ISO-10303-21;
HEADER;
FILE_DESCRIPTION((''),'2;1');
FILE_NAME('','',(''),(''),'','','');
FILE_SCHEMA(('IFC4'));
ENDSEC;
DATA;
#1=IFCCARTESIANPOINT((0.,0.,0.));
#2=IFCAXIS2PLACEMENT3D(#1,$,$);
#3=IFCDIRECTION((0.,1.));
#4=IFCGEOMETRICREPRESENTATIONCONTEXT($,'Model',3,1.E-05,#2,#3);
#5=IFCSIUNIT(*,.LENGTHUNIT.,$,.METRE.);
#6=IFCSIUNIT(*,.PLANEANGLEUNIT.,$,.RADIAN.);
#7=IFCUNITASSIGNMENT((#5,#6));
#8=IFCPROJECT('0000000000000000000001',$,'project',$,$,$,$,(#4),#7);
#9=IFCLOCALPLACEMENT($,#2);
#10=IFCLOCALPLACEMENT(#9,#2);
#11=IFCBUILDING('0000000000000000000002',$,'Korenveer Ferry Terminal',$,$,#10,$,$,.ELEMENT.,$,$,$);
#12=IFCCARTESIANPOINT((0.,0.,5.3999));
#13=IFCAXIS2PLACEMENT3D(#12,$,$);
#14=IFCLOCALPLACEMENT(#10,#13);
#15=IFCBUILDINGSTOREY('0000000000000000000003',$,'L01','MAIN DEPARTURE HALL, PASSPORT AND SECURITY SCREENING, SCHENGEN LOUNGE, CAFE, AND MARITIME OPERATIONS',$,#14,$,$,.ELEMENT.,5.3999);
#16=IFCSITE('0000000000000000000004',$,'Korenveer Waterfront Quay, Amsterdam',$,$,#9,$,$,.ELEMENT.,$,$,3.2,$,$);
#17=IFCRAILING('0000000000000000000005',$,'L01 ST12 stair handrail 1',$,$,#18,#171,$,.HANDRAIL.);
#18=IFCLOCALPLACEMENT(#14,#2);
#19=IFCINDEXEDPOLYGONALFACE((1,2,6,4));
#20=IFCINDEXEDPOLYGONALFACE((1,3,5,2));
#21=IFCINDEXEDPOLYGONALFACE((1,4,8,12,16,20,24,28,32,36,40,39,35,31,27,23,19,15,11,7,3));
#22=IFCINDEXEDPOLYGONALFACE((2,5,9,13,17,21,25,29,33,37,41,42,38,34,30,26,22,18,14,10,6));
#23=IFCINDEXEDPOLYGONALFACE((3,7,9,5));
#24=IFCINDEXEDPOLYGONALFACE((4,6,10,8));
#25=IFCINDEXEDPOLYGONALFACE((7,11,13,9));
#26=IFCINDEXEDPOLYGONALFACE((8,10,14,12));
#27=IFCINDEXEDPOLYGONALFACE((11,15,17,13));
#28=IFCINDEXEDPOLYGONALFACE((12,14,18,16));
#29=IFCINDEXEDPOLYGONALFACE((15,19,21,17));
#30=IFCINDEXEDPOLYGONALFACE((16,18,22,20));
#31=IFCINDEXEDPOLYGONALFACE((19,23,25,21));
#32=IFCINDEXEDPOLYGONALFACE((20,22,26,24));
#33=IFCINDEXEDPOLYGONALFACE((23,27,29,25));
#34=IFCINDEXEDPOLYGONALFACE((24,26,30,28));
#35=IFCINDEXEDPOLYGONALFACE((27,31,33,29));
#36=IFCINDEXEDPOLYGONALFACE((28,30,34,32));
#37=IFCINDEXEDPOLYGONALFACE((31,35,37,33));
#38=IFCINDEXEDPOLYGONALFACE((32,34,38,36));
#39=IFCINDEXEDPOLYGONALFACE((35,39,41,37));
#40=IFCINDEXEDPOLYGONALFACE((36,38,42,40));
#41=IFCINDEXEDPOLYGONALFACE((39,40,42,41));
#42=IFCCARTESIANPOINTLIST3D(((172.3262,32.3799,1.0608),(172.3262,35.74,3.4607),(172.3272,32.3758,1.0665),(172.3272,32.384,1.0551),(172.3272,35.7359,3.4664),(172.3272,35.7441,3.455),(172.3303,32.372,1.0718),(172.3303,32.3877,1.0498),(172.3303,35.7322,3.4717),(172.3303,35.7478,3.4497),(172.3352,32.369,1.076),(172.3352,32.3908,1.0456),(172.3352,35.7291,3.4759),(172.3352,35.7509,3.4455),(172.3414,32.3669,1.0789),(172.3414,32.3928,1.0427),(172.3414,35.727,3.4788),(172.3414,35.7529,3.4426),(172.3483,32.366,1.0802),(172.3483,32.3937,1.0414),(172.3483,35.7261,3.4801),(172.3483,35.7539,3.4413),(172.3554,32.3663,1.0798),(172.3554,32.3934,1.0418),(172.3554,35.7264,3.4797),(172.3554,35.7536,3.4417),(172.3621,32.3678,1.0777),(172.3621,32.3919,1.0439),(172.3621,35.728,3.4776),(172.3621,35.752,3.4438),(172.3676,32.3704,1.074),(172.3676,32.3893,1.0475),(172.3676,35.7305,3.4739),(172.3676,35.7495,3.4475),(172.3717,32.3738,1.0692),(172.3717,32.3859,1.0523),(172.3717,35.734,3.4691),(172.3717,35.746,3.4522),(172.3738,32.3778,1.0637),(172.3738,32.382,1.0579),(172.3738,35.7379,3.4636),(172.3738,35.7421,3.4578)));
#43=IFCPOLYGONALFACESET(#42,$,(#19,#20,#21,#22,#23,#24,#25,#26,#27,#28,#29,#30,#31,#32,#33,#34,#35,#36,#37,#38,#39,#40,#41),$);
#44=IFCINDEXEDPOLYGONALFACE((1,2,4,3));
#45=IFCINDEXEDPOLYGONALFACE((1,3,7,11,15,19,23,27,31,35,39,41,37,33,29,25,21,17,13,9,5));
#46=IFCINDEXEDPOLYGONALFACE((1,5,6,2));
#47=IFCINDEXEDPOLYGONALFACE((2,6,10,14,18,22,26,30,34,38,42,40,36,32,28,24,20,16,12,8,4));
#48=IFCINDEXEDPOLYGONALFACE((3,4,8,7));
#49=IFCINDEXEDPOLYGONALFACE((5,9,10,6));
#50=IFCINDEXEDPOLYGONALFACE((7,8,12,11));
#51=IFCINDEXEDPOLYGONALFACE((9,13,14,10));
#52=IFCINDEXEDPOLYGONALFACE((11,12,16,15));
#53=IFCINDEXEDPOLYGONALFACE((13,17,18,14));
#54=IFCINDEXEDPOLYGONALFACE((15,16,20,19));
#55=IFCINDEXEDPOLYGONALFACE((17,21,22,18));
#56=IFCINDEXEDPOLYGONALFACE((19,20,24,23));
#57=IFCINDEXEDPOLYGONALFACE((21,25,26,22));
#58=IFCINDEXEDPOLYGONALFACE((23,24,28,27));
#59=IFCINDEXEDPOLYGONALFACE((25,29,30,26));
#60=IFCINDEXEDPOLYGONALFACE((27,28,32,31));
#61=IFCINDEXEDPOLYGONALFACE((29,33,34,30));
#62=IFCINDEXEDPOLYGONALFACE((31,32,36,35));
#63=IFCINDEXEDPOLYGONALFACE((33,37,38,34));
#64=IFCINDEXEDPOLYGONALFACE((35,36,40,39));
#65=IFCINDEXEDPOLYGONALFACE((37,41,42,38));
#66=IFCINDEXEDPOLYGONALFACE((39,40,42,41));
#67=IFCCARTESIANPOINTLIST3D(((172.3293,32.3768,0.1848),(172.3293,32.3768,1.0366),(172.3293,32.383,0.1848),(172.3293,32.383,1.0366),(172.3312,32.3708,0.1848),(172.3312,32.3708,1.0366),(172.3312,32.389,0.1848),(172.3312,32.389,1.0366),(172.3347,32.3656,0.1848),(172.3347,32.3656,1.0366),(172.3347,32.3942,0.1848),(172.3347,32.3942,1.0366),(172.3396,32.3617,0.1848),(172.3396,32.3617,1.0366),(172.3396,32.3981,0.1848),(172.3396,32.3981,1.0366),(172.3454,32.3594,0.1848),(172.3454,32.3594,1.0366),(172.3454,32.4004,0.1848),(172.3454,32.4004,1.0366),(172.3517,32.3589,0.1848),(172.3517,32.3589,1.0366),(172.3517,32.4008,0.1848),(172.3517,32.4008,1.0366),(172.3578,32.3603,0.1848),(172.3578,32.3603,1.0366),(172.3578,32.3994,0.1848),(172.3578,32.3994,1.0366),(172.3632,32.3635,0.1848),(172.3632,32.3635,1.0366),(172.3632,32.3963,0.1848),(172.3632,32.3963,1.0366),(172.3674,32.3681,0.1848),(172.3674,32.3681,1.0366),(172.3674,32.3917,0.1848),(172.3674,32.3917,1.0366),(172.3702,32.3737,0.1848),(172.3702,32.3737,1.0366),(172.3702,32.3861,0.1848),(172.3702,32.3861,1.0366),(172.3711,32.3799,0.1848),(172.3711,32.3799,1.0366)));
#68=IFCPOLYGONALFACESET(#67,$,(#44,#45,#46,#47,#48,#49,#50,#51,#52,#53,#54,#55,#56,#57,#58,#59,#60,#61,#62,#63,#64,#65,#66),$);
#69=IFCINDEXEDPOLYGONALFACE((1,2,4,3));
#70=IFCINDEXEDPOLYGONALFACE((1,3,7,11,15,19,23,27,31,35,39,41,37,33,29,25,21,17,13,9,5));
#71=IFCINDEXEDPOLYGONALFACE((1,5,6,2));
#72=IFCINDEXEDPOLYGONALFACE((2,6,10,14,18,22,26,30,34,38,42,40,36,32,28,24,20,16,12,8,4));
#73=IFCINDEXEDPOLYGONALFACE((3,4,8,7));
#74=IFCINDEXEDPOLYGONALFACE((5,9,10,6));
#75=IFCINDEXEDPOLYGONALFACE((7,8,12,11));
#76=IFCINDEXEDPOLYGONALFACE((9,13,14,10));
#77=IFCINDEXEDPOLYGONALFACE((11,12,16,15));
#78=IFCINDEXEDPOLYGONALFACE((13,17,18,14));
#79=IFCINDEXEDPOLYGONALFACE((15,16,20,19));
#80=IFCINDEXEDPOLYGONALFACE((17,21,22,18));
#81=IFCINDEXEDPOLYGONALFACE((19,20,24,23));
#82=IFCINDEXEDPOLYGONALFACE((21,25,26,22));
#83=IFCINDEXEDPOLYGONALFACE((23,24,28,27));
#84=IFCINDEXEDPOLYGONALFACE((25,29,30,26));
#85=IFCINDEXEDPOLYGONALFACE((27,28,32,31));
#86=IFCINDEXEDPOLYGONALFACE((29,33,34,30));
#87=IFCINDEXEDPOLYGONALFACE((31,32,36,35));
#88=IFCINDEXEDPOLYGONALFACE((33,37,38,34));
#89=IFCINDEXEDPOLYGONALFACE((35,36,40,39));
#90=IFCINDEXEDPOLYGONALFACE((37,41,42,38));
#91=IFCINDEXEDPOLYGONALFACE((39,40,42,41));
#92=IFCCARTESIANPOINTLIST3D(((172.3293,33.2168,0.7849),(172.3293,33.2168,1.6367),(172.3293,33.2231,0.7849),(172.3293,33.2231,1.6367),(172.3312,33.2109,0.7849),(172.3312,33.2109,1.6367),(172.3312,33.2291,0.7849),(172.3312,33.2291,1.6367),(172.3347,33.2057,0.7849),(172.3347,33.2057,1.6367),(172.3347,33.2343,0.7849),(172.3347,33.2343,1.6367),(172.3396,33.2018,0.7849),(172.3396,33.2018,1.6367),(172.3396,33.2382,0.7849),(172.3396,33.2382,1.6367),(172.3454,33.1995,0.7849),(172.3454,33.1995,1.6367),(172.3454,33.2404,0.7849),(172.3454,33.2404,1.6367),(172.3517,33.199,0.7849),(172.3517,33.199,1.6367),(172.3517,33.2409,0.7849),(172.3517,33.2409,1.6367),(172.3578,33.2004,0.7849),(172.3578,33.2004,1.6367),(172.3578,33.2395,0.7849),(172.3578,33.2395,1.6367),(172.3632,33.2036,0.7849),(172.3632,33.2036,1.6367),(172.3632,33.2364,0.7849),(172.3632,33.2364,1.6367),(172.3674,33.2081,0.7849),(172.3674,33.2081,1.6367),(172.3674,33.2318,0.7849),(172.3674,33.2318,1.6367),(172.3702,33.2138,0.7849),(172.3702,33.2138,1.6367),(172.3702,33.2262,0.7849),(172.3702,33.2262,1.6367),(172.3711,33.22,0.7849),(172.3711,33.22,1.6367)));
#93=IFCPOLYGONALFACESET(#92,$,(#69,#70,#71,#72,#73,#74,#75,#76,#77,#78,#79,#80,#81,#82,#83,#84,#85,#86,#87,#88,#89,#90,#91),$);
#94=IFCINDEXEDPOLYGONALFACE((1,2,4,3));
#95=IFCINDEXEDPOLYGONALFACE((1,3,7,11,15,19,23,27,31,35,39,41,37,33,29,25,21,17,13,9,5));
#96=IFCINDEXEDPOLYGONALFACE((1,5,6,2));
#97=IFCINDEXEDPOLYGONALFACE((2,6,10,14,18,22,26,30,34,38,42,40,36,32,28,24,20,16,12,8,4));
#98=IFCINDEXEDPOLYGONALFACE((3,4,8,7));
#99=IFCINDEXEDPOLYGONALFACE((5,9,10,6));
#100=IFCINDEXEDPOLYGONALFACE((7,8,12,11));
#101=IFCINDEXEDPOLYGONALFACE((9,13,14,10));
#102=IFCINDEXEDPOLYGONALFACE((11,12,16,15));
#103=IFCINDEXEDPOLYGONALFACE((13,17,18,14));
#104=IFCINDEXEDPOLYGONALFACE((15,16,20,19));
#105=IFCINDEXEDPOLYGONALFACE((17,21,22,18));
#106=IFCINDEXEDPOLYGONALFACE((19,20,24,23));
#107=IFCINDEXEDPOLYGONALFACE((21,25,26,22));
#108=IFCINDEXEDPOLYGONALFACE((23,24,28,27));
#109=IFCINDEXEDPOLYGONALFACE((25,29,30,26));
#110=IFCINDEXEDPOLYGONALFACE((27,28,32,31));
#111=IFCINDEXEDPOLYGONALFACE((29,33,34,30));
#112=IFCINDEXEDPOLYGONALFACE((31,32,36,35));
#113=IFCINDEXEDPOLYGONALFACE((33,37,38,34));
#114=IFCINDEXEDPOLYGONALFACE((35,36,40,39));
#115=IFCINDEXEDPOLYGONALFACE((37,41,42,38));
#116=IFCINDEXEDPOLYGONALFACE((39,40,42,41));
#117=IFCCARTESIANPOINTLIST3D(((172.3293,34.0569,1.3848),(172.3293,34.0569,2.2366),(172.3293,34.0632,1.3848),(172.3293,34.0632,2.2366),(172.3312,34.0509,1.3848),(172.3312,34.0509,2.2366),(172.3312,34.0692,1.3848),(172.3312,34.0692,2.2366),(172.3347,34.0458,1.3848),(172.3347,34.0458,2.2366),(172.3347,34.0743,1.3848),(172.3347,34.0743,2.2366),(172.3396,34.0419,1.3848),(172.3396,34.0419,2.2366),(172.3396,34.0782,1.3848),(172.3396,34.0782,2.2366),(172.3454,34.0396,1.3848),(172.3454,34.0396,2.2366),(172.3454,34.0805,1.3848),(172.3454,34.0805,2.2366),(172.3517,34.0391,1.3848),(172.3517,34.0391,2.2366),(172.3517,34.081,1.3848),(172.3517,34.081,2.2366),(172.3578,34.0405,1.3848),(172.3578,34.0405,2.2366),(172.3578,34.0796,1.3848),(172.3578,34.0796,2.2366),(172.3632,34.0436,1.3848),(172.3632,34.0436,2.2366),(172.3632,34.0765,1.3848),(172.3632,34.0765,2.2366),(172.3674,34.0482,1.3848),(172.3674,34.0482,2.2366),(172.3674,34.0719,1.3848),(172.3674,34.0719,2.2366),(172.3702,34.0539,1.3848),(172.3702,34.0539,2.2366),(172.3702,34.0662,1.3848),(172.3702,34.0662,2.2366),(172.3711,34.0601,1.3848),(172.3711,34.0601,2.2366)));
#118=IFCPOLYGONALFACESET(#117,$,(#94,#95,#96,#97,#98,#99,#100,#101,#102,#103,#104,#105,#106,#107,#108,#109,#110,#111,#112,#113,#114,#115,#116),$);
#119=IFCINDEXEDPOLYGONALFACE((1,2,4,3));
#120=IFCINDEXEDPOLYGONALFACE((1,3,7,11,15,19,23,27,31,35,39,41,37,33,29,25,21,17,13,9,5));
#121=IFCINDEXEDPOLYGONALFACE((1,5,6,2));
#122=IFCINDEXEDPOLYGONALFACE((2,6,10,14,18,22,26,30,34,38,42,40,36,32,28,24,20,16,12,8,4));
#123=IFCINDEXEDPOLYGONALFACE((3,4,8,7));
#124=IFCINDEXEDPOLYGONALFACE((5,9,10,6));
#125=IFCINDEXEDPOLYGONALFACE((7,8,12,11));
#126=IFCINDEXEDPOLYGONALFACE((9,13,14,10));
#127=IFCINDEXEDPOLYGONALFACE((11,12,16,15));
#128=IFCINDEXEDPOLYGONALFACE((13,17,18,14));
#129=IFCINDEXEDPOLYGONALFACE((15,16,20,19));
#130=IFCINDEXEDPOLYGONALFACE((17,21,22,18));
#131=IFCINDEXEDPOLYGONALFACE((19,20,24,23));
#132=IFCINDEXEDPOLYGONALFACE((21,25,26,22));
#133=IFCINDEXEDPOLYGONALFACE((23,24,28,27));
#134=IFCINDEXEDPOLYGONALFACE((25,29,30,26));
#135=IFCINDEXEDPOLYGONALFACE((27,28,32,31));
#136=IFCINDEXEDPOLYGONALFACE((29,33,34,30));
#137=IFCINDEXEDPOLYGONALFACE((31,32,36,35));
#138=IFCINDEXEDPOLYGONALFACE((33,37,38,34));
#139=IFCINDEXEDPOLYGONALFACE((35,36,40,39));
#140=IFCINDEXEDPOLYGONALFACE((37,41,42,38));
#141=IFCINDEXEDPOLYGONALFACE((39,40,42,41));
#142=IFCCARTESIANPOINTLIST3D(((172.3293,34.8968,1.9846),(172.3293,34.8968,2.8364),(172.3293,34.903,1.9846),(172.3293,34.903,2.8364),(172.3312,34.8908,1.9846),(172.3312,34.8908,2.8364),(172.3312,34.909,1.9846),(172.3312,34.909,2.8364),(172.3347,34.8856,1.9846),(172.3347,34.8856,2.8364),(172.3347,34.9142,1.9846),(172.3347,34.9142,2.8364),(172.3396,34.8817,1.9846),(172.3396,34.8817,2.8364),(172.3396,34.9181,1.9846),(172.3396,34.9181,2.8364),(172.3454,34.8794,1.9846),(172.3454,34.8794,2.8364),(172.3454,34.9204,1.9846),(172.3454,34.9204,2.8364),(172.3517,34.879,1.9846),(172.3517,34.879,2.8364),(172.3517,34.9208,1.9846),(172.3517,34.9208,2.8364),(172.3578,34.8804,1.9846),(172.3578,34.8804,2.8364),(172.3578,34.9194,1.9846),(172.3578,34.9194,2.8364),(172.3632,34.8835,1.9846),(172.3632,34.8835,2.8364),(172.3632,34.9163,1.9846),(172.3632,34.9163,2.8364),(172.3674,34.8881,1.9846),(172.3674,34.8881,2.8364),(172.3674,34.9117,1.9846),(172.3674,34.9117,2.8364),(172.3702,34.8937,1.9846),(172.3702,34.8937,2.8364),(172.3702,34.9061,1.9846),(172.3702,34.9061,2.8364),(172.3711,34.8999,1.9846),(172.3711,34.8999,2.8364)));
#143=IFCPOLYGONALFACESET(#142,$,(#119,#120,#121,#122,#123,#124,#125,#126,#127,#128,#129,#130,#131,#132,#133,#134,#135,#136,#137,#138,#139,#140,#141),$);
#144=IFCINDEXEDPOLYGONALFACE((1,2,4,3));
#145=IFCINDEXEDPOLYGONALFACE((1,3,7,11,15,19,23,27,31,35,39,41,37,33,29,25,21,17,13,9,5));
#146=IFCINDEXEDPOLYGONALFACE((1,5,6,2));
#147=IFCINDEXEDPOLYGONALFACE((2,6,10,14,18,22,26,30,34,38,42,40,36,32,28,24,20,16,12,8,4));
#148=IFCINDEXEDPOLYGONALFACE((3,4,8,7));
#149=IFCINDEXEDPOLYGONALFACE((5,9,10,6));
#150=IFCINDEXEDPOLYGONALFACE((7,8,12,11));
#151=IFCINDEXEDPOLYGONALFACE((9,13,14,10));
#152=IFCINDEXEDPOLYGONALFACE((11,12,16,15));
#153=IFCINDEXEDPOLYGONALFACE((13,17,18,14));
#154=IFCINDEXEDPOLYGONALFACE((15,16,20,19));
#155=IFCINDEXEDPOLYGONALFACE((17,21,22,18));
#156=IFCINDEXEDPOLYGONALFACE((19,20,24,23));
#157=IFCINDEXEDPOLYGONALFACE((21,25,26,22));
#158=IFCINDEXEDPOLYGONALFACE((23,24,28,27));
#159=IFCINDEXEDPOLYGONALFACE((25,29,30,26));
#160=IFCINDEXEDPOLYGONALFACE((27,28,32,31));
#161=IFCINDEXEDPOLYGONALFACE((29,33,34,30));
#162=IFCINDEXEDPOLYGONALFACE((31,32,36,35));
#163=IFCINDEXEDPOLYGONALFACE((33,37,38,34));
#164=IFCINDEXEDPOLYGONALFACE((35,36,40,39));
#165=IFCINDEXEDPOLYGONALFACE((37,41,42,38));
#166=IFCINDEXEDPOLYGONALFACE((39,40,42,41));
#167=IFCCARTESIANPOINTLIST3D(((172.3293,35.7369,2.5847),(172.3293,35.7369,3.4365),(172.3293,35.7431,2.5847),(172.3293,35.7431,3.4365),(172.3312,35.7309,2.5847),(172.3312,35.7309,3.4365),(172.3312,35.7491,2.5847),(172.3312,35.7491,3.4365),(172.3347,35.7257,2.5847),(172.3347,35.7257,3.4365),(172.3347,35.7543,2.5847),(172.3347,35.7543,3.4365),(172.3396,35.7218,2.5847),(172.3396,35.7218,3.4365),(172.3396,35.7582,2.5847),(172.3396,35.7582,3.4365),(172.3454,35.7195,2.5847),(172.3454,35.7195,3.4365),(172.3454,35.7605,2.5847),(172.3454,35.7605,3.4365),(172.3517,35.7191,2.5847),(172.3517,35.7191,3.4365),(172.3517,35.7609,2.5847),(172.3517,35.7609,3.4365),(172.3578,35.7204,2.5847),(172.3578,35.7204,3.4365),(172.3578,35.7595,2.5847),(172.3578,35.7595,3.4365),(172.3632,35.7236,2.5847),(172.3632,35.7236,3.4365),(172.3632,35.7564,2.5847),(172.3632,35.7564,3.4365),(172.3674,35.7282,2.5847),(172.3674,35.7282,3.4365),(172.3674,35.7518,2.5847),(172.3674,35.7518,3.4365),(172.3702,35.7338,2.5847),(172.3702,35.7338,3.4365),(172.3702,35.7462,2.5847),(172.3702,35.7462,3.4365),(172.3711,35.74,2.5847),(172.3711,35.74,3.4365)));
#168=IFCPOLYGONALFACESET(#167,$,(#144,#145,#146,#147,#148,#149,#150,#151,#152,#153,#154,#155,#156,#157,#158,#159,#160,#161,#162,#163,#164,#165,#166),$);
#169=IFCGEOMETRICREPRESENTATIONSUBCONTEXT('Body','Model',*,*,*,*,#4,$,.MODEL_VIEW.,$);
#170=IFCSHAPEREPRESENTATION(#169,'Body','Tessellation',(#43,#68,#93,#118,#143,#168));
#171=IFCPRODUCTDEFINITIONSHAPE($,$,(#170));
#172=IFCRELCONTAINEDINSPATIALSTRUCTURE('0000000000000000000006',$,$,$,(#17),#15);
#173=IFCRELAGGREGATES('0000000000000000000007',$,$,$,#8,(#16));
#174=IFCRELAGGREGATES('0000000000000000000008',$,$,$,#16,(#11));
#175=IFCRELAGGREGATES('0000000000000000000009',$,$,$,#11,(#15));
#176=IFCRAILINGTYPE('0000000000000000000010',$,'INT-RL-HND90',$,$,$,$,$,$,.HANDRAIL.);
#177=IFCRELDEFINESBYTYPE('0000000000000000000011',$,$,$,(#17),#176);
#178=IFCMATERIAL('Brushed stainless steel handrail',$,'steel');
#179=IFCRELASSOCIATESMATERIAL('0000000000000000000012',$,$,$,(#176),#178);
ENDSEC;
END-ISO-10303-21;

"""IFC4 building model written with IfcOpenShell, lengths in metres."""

from ifc_helpers import new_model, si_unit, direction, frame, origin, origin_2d, place, context, subcontext, project, spatial, circle, extrude, material, type_object, element, save


model = new_model("IFC4")

# Units and contexts
model_context = context("Model", 3, precision=1e-05, world=origin(), true_north=direction((0.0, 1.0)))
body_context = subcontext(model_context, "Body", "Model", "MODEL_VIEW")
ifc_project = project(units=[si_unit("LENGTHUNIT", "METRE"), si_unit("PLANEANGLEUNIT", "RADIAN")], contexts=[model_context])

# Site, building, storey
site_placement = place(None, origin())
site = spatial("IfcSite", under=ifc_project, at=site_placement, Name="Korenveer Waterfront Quay, Amsterdam", CompositionType="ELEMENT", RefElevation=3.2)
building_placement = place(site_placement, origin())
building = spatial("IfcBuilding", under=site, at=building_placement, Name="Korenveer Ferry Terminal", CompositionType="ELEMENT")
storey_placement = place(building_placement, frame((0.0, 0.0, 5.3999)))
storey = spatial("IfcBuildingStorey", under=building, at=storey_placement, Name="L01", Description="MAIN DEPARTURE HALL, PASSPORT AND SECURITY SCREENING, SCHENGEN LOUNGE, CAFE, AND MARITIME OPERATIONS", CompositionType="ELEMENT", Elevation=5.3999)

# Railing
ifc_material_1 = material(Name="Brushed stainless steel handrail", Category="steel")
railing_type_1 = type_object("IfcRailingType", Name="INT-RL-HND90", PredefinedType="HANDRAIL", material=ifc_material_1)
railing_1_placement = place(storey_placement, frame((172.3501, 32.3799, 0.1848)))
element("IfcRailing", 1, at=railing_1_placement, inside=storey, type_object=railing_type_1, Name="L01 ST12 stair handrail 1", PredefinedType="HANDRAIL", context=body_context, shape_type="SweptSolid", body=[
    extrude(circle(Radius=0.0239, at=origin_2d()), frame((0.0, 0.0, 0.876), z_axis=(0.0, 0.813753, 0.58121), x_axis=(-1.0, 0.0, 0.0)), (0.0, 0.0, 1.0), 4.1292),
    extrude(circle(Radius=0.021, at=origin_2d()), origin(), (0.0, 0.0, 1.0), 0.8518),
    extrude(circle(Radius=0.021, at=origin_2d()), frame((0.0, 0.8401, 0.6001)), (0.0, 0.0, 1.0), 0.8518),
    extrude(circle(Radius=0.021, at=origin_2d()), frame((0.0, 1.6802, 1.2)), (0.0, 0.0, 1.0), 0.8518),
    extrude(circle(Radius=0.021, at=origin_2d()), frame((0.0, 2.52, 1.7998)), (0.0, 0.0, 1.0), 0.8518),
    extrude(circle(Radius=0.021, at=origin_2d()), frame((0.0, 3.3601, 2.3999)), (0.0, 0.0, 1.0), 0.8518),
])

save(model, "model.ifc")
